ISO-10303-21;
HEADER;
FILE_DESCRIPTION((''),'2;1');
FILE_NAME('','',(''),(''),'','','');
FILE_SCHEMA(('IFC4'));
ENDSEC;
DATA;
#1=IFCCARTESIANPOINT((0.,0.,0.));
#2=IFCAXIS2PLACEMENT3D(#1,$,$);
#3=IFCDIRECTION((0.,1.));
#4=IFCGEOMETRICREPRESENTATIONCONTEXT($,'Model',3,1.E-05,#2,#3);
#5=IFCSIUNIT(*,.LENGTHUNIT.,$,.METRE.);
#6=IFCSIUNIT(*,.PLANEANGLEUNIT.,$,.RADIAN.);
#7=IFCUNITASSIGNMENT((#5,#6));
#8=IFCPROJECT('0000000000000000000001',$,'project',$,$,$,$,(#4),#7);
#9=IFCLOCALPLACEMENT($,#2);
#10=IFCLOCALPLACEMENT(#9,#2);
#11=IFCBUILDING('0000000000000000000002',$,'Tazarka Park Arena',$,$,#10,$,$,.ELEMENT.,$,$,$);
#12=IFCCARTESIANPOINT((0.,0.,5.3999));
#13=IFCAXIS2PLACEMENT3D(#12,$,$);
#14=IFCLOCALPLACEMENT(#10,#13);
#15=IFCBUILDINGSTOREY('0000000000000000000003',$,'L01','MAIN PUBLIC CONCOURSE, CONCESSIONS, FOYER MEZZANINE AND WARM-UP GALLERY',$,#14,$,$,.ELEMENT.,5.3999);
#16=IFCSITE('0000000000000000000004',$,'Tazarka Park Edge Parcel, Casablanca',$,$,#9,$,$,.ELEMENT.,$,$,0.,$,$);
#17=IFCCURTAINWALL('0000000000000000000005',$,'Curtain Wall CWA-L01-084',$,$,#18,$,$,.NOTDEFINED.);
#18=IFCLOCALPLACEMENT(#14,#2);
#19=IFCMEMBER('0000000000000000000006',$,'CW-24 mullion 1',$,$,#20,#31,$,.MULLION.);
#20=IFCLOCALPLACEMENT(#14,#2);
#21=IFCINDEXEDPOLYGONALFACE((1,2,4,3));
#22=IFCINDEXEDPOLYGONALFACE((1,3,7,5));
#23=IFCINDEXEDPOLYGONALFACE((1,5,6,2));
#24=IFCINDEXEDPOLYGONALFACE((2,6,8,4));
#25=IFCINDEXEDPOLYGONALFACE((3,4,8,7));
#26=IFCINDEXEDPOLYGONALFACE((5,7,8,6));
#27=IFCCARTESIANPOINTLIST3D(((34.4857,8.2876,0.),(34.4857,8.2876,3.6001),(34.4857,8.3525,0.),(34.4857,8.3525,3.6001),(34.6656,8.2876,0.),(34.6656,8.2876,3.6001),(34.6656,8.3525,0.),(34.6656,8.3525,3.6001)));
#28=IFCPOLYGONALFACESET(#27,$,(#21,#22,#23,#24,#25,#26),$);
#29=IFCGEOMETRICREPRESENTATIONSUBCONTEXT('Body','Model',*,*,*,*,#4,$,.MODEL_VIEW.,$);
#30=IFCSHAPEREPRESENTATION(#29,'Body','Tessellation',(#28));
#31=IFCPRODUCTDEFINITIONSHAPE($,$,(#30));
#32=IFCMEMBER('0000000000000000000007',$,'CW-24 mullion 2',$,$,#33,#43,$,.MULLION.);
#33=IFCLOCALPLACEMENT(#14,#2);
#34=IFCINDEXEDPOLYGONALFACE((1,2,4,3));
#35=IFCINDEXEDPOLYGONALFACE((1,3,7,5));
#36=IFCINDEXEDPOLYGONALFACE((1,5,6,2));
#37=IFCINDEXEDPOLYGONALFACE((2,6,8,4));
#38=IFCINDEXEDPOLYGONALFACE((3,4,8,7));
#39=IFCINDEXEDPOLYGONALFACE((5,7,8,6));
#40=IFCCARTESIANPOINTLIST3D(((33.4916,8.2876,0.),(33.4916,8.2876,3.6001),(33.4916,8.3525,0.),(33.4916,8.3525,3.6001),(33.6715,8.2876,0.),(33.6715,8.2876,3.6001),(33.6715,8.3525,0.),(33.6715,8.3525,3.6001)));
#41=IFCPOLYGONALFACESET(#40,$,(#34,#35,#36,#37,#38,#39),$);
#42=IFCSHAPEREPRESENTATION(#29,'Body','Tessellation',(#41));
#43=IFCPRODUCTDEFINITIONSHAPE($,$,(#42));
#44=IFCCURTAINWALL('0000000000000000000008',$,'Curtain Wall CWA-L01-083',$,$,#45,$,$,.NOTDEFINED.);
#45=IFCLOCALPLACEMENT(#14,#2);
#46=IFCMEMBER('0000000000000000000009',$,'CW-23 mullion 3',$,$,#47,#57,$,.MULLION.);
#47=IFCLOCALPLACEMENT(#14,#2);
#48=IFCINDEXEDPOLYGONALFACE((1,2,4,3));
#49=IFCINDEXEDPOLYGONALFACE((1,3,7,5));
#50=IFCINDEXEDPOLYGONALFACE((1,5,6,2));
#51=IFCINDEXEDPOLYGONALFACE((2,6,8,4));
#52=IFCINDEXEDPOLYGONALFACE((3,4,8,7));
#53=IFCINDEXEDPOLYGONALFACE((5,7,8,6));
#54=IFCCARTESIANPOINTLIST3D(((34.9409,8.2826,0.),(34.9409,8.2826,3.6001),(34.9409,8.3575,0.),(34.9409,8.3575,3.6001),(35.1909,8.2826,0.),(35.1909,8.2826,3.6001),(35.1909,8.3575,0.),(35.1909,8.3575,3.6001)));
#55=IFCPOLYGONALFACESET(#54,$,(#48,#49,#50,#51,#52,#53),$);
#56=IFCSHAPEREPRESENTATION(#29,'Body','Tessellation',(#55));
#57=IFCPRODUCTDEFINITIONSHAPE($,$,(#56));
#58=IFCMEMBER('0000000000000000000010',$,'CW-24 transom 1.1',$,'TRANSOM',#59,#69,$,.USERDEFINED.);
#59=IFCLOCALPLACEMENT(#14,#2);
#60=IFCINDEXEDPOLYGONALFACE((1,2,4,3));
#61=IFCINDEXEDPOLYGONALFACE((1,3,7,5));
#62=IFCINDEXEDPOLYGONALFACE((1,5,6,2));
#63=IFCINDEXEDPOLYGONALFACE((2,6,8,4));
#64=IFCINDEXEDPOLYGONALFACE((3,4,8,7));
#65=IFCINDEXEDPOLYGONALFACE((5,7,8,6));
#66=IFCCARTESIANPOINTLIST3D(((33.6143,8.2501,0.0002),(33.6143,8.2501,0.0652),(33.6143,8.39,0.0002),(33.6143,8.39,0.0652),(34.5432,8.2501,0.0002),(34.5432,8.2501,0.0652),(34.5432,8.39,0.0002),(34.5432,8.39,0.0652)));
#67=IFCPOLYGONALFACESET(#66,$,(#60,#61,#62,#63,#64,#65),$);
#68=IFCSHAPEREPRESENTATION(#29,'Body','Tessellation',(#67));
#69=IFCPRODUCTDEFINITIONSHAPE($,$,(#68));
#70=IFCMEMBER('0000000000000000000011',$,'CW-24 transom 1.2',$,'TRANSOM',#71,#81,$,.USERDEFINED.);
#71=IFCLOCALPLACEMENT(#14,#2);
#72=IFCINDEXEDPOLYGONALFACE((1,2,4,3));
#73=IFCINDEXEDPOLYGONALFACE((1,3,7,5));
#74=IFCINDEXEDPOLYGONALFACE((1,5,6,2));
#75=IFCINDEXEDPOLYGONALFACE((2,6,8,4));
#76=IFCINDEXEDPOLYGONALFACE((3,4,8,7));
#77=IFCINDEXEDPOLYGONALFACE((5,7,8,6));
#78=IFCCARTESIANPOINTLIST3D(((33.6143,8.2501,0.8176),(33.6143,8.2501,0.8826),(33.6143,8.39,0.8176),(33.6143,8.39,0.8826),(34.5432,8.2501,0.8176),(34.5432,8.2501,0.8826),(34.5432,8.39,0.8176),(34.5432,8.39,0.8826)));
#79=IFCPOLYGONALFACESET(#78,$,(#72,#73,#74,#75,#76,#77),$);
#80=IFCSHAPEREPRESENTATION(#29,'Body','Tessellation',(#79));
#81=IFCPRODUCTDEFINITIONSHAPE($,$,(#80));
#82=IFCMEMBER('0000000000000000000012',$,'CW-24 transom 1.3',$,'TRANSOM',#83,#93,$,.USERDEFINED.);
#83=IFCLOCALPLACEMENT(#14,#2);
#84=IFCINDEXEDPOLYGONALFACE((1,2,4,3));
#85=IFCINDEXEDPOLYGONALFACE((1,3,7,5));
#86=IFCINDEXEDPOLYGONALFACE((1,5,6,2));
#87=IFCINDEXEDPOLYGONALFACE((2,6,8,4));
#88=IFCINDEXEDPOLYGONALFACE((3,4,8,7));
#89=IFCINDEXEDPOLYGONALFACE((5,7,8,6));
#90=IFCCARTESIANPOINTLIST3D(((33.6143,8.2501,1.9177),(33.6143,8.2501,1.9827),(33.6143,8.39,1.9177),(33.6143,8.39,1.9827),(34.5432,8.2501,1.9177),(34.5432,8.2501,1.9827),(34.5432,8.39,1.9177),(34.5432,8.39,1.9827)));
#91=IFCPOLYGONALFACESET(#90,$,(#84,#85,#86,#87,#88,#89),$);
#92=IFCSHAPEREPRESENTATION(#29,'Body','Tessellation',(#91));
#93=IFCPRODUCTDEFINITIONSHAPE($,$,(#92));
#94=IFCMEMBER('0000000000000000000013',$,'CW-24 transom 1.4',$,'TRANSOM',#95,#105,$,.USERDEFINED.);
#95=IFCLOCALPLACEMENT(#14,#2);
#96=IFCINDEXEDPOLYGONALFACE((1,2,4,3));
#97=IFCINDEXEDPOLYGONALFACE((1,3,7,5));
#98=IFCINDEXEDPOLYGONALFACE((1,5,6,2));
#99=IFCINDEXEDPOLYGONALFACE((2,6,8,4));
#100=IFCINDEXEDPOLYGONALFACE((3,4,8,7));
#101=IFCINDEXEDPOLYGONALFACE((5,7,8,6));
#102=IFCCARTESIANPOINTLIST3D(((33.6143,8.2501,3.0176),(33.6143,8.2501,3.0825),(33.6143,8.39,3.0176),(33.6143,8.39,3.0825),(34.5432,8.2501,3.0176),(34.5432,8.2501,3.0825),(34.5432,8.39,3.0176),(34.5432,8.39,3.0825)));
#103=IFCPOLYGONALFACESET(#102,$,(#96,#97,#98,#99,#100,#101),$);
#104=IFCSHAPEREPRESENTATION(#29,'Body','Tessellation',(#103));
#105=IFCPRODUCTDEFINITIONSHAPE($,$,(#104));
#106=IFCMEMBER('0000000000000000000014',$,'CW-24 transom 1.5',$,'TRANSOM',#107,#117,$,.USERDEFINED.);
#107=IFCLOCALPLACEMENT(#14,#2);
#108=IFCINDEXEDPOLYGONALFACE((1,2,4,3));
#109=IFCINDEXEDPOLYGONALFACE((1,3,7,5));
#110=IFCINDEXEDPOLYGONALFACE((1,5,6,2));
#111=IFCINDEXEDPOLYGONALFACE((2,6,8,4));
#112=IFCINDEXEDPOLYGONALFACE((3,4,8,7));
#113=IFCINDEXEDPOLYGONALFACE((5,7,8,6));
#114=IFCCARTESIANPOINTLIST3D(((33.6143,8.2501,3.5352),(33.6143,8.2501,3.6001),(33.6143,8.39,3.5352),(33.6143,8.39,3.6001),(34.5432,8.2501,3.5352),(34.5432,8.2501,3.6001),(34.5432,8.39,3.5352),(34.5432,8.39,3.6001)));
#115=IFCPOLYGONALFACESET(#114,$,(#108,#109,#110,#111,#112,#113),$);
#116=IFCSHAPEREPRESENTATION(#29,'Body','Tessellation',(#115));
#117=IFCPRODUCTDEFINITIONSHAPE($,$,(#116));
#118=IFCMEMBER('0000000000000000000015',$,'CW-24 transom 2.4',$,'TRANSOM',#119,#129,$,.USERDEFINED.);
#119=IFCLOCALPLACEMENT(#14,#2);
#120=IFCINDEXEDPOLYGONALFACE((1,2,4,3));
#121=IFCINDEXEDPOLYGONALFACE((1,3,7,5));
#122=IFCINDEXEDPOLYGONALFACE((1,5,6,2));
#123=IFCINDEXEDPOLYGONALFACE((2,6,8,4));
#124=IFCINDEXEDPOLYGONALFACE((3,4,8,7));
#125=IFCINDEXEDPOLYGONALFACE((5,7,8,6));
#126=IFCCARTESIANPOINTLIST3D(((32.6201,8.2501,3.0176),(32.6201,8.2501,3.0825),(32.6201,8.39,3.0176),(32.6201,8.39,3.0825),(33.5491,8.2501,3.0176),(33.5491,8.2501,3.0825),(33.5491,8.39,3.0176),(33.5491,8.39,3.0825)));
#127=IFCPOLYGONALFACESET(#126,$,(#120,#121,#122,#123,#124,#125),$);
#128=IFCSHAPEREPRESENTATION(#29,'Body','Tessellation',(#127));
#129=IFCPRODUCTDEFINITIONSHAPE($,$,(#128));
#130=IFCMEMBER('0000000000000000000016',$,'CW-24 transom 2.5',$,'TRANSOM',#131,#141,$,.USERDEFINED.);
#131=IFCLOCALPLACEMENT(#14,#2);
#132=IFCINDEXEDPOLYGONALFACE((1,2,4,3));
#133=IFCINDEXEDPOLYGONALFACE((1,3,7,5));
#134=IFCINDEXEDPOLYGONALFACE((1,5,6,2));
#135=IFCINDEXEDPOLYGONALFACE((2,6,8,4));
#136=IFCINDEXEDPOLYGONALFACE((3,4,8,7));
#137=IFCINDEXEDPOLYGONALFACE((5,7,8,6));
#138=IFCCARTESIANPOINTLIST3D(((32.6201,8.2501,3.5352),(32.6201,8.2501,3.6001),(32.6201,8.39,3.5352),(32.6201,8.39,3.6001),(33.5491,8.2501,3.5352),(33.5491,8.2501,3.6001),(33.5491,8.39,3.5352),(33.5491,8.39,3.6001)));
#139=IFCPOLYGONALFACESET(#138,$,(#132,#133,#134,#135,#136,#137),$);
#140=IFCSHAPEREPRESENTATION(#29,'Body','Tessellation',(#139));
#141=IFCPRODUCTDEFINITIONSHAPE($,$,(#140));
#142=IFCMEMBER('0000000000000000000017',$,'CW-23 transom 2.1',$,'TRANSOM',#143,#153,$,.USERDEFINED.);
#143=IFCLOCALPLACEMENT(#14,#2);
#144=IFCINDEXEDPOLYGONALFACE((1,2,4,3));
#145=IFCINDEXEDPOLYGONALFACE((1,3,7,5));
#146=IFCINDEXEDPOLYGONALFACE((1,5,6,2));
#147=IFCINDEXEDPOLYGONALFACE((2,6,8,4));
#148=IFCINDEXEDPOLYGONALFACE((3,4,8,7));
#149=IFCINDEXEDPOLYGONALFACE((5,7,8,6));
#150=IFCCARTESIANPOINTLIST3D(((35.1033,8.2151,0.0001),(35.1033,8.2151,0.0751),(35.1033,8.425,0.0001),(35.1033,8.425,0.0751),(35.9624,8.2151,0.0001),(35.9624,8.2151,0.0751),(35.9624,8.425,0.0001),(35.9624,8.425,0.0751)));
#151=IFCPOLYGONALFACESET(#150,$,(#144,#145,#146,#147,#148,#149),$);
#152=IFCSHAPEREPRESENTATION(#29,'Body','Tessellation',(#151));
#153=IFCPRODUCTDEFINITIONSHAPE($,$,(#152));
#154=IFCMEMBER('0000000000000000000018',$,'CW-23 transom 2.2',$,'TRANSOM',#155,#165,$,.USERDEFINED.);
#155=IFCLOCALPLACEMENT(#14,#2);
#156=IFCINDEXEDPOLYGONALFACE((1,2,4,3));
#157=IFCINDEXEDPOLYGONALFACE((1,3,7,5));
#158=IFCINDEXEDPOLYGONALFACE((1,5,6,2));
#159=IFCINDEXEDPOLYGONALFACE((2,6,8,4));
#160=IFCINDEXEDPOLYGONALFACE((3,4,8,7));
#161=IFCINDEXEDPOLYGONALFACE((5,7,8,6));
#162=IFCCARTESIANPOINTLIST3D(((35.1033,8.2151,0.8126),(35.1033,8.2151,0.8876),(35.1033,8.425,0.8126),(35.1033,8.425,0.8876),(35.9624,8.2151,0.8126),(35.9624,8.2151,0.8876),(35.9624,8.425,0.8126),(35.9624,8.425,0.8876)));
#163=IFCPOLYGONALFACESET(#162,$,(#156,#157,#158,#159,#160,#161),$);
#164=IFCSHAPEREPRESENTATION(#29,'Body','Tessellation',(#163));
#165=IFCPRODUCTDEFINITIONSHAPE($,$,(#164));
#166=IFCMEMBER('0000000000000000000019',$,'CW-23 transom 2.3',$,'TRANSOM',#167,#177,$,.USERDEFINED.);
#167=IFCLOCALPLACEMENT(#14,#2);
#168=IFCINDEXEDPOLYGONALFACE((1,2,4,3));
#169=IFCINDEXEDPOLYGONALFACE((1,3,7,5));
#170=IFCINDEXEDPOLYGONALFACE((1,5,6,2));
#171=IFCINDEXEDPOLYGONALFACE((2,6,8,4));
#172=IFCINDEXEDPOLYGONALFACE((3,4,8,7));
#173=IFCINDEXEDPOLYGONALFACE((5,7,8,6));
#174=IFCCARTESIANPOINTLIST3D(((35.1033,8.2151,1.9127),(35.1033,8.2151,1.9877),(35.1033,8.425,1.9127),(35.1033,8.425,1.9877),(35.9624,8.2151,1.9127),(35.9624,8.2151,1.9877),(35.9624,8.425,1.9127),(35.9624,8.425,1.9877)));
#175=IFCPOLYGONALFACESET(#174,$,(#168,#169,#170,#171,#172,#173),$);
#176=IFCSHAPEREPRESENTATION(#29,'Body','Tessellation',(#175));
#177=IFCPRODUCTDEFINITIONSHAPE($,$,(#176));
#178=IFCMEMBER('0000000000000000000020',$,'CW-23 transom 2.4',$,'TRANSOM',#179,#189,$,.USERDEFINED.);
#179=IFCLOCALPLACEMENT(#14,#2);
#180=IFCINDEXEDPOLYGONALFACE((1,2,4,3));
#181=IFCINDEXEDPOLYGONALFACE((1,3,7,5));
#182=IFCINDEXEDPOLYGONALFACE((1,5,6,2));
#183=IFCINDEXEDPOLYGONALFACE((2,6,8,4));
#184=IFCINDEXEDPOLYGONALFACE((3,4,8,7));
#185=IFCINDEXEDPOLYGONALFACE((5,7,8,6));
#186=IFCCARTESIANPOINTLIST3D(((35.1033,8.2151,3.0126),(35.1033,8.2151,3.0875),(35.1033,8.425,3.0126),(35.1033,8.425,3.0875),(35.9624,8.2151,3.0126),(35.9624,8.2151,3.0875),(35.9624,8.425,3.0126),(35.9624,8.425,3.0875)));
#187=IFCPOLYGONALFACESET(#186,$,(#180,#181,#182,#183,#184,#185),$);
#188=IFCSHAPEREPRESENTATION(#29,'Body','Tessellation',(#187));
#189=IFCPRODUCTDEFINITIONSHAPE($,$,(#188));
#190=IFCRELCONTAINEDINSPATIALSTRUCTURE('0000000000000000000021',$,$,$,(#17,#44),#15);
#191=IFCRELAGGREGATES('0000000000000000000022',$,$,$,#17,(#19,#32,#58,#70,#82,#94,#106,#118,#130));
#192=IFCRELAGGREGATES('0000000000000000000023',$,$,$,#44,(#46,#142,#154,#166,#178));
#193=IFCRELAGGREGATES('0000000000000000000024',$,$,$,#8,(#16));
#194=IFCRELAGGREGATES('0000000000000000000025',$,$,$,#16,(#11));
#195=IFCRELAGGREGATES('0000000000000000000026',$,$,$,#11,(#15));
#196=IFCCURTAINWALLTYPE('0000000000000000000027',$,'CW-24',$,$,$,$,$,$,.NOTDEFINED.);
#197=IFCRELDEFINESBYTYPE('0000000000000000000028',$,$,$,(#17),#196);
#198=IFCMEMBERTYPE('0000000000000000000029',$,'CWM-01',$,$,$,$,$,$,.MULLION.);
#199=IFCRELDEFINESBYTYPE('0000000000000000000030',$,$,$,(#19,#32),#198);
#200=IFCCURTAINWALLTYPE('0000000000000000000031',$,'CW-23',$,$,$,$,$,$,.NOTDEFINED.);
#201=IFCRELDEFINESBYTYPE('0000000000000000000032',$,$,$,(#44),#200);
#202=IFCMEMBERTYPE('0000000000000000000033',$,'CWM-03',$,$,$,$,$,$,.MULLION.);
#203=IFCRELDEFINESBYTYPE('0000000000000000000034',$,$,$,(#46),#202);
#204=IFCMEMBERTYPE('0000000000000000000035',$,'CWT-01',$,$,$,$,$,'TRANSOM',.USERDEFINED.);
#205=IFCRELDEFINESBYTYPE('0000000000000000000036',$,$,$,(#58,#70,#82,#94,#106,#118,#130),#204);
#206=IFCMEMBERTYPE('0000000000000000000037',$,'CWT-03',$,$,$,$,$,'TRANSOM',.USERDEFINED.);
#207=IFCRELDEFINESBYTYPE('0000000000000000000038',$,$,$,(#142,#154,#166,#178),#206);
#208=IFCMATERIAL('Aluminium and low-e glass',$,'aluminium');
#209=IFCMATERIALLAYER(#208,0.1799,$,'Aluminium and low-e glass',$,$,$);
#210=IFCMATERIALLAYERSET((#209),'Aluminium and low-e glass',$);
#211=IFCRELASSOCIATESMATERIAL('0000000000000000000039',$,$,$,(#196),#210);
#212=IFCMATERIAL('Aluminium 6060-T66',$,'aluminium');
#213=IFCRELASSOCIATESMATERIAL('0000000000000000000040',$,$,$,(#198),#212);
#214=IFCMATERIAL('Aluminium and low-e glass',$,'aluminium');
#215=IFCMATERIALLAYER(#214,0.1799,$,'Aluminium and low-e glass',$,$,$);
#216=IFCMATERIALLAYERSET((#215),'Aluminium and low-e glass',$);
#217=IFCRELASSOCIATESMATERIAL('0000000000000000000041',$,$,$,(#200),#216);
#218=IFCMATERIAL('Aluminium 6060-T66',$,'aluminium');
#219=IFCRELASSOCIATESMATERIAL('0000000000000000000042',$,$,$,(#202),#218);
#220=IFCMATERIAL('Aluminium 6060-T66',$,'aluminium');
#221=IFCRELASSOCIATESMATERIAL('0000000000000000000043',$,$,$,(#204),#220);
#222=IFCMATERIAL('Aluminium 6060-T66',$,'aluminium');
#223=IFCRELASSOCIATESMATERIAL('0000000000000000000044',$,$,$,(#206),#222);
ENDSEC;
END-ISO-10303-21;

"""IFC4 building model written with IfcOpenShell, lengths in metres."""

from ifc_helpers import new_model, si_unit, direction, frame, origin, origin_2d, place, context, subcontext, project, spatial, rectangle, extrude, material, layer, layer_set, material_profile, profile_set, type_object, element, aggregate, save


model = new_model("IFC4")

# Units and contexts
model_context = context("Model", 3, precision=1e-05, world=origin(), true_north=direction((0.0, 1.0)))
body_context = subcontext(model_context, "Body", "Model", "MODEL_VIEW")
ifc_project = project(units=[si_unit("LENGTHUNIT", "METRE"), si_unit("PLANEANGLEUNIT", "RADIAN")], contexts=[model_context])

# Site, building, storey
site_placement = place(None, origin())
site = spatial("IfcSite", under=ifc_project, at=site_placement, Name="Tazarka Park Edge Parcel, Casablanca", CompositionType="ELEMENT", RefElevation=0.0)
building_placement = place(site_placement, origin())
building = spatial("IfcBuilding", under=site, at=building_placement, Name="Tazarka Park Arena", CompositionType="ELEMENT")
storey_placement = place(building_placement, frame((0.0, 0.0, 5.3999)))
storey = spatial("IfcBuildingStorey", under=building, at=storey_placement, Name="L01", Description="MAIN PUBLIC CONCOURSE, CONCESSIONS, FOYER MEZZANINE AND WARM-UP GALLERY", CompositionType="ELEMENT", Elevation=5.3999)

# Curtain wall, members
ifc_material_1 = material(Name="Aluminium and low-e glass", Category="aluminium")
ifc_layer_1 = layer(ifc_material_1, 0.1799, Name="Aluminium and low-e glass")
ifc_layer_set_1 = layer_set([ifc_layer_1], Name="Aluminium and low-e glass")
curtain_wall_type_1 = type_object("IfcCurtainWallType", Name="CW-24", PredefinedType="NOTDEFINED", material=ifc_layer_set_1)
curtain_wall_1_placement = place(storey_placement, origin())
curtain_wall_1 = element("IfcCurtainWall", 1, at=curtain_wall_1_placement, inside=storey, type_object=curtain_wall_type_1, Name="Curtain Wall CWA-L01-084", PredefinedType="NOTDEFINED")
ifc_material_2 = material(Name="Aluminium 6060-T66", Category="aluminium")
ifc_material_profile_1 = material_profile(ifc_material_2, rectangle(XDim=0.0649, YDim=0.1799, at=origin_2d()), Name="Aluminium 6060-T66")
ifc_profile_set_1 = profile_set([ifc_material_profile_1], Name="Aluminium 6060-T66")
member_type_1 = type_object("IfcMemberType", Name="CWM-01", PredefinedType="MULLION", material=ifc_profile_set_1)
member_1_placement = place(storey_placement, frame((34.5757, 8.3201, 0.0), z_axis=(0.0, 0.0, 1.0), x_axis=(0.0, -1.0, 0.0)))
member_1 = element("IfcMember", 2, at=member_1_placement, type_object=member_type_1, Name="CW-24 mullion 1", PredefinedType="MULLION", context=body_context, shape_type="SweptSolid", body=[
    extrude(rectangle(XDim=0.0649, YDim=0.1799, at=origin_2d()), origin(), (0.0, 0.0, 1.0), 3.6001),
])
member_2_placement = place(storey_placement, frame((33.5815, 8.3201, 0.0), z_axis=(0.0, 0.0, 1.0), x_axis=(0.0, -1.0, 0.0)))
member_2 = element("IfcMember", 3, at=member_2_placement, type_object=member_type_1, Name="CW-24 mullion 2", PredefinedType="MULLION", context=body_context, shape_type="SweptSolid", body=[
    extrude(rectangle(XDim=0.0649, YDim=0.1799, at=origin_2d()), origin(), (0.0, 0.0, 1.0), 3.6001),
])

# Curtain wall, member
ifc_material_3 = material(Name="Aluminium and low-e glass", Category="aluminium")
ifc_layer_2 = layer(ifc_material_3, 0.1799, Name="Aluminium and low-e glass")
ifc_layer_set_2 = layer_set([ifc_layer_2], Name="Aluminium and low-e glass")
curtain_wall_type_2 = type_object("IfcCurtainWallType", Name="CW-23", PredefinedType="NOTDEFINED", material=ifc_layer_set_2)
curtain_wall_2_placement = place(storey_placement, origin())
curtain_wall_2 = element("IfcCurtainWall", 4, at=curtain_wall_2_placement, inside=storey, type_object=curtain_wall_type_2, Name="Curtain Wall CWA-L01-083", PredefinedType="NOTDEFINED")
ifc_material_4 = material(Name="Aluminium 6060-T66", Category="aluminium")
ifc_material_profile_2 = material_profile(ifc_material_4, rectangle(XDim=0.075, YDim=0.25, at=origin_2d()), Name="Aluminium 6060-T66")
ifc_profile_set_2 = profile_set([ifc_material_profile_2], Name="Aluminium 6060-T66")
member_type_2 = type_object("IfcMemberType", Name="CWM-03", PredefinedType="MULLION", material=ifc_profile_set_2)
member_3_placement = place(storey_placement, frame((35.0659, 8.3201, 0.0), z_axis=(0.0, 0.0, 1.0), x_axis=(0.0, -1.0, 0.0)))
member_3 = element("IfcMember", 5, at=member_3_placement, type_object=member_type_2, Name="CW-23 mullion 3", PredefinedType="MULLION", context=body_context, shape_type="SweptSolid", body=[
    extrude(rectangle(XDim=0.075, YDim=0.25, at=origin_2d()), origin(), (0.0, 0.0, 1.0), 3.6001),
])

# Members
ifc_material_5 = material(Name="Aluminium 6060-T66", Category="aluminium")
ifc_material_profile_3 = material_profile(ifc_material_5, rectangle(XDim=0.1399, YDim=0.0649, at=origin_2d()), Name="Aluminium 6060-T66")
ifc_profile_set_3 = profile_set([ifc_material_profile_3], Name="Aluminium 6060-T66")
member_type_3 = type_object("IfcMemberType", Name="CWT-01", ElementType="TRANSOM", PredefinedType="USERDEFINED", material=ifc_profile_set_3)
member_4_placement = place(storey_placement, frame((34.5432, 8.3201, 0.0327), z_axis=(-1.0, 0.0, 0.0), x_axis=(0.0, -1.0, 0.0)))
member_4 = element("IfcMember", 6, at=member_4_placement, type_object=member_type_3, Name="CW-24 transom 1.1", ObjectType="TRANSOM", PredefinedType="USERDEFINED", context=body_context, shape_type="SweptSolid", body=[
    extrude(rectangle(XDim=0.1399, YDim=0.0649, at=origin_2d()), origin(), (0.0, 0.0, 1.0), 0.929),
])
member_5_placement = place(storey_placement, frame((34.5432, 8.3201, 0.8501), z_axis=(-1.0, 0.0, 0.0), x_axis=(0.0, -1.0, 0.0)))
member_5 = element("IfcMember", 7, at=member_5_placement, type_object=member_type_3, Name="CW-24 transom 1.2", ObjectType="TRANSOM", PredefinedType="USERDEFINED", context=body_context, shape_type="SweptSolid", body=[
    extrude(rectangle(XDim=0.1399, YDim=0.0649, at=origin_2d()), origin(), (0.0, 0.0, 1.0), 0.929),
])
member_6_placement = place(storey_placement, frame((34.5432, 8.3201, 1.9502), z_axis=(-1.0, 0.0, 0.0), x_axis=(0.0, -1.0, 0.0)))
member_6 = element("IfcMember", 8, at=member_6_placement, type_object=member_type_3, Name="CW-24 transom 1.3", ObjectType="TRANSOM", PredefinedType="USERDEFINED", context=body_context, shape_type="SweptSolid", body=[
    extrude(rectangle(XDim=0.1399, YDim=0.0649, at=origin_2d()), origin(), (0.0, 0.0, 1.0), 0.929),
])
member_7_placement = place(storey_placement, frame((34.5432, 8.3201, 3.05), z_axis=(-1.0, 0.0, 0.0), x_axis=(0.0, -1.0, 0.0)))
member_7 = element("IfcMember", 9, at=member_7_placement, type_object=member_type_3, Name="CW-24 transom 1.4", ObjectType="TRANSOM", PredefinedType="USERDEFINED", context=body_context, shape_type="SweptSolid", body=[
    extrude(rectangle(XDim=0.1399, YDim=0.0649, at=origin_2d()), origin(), (0.0, 0.0, 1.0), 0.929),
])
member_8_placement = place(storey_placement, frame((34.5432, 8.3201, 3.5676), z_axis=(-1.0, 0.0, 0.0), x_axis=(0.0, -1.0, 0.0)))
member_8 = element("IfcMember", 10, at=member_8_placement, type_object=member_type_3, Name="CW-24 transom 1.5", ObjectType="TRANSOM", PredefinedType="USERDEFINED", context=body_context, shape_type="SweptSolid", body=[
    extrude(rectangle(XDim=0.1399, YDim=0.0649, at=origin_2d()), origin(), (0.0, 0.0, 1.0), 0.929),
])
member_9_placement = place(storey_placement, frame((33.5491, 8.3201, 3.05), z_axis=(-1.0, 0.0, 0.0), x_axis=(0.0, -1.0, 0.0)))
member_9 = element("IfcMember", 11, at=member_9_placement, type_object=member_type_3, Name="CW-24 transom 2.4", ObjectType="TRANSOM", PredefinedType="USERDEFINED", context=body_context, shape_type="SweptSolid", body=[
    extrude(rectangle(XDim=0.1399, YDim=0.0649, at=origin_2d()), origin(), (0.0, 0.0, 1.0), 0.929),
])
member_10_placement = place(storey_placement, frame((33.5491, 8.3201, 3.5676), z_axis=(-1.0, 0.0, 0.0), x_axis=(0.0, -1.0, 0.0)))
member_10 = element("IfcMember", 12, at=member_10_placement, type_object=member_type_3, Name="CW-24 transom 2.5", ObjectType="TRANSOM", PredefinedType="USERDEFINED", context=body_context, shape_type="SweptSolid", body=[
    extrude(rectangle(XDim=0.1399, YDim=0.0649, at=origin_2d()), origin(), (0.0, 0.0, 1.0), 0.929),
])
ifc_material_6 = material(Name="Aluminium 6060-T66", Category="aluminium")
ifc_material_profile_4 = material_profile(ifc_material_6, rectangle(XDim=0.21, YDim=0.075, at=origin_2d()), Name="Aluminium 6060-T66")
ifc_profile_set_4 = profile_set([ifc_material_profile_4], Name="Aluminium 6060-T66")
member_type_4 = type_object("IfcMemberType", Name="CWT-03", ElementType="TRANSOM", PredefinedType="USERDEFINED", material=ifc_profile_set_4)
member_11_placement = place(storey_placement, frame((35.9624, 8.3201, 0.0376), z_axis=(-1.0, 0.0, 0.0), x_axis=(0.0, -1.0, 0.0)))
member_11 = element("IfcMember", 13, at=member_11_placement, type_object=member_type_4, Name="CW-23 transom 2.1", ObjectType="TRANSOM", PredefinedType="USERDEFINED", context=body_context, shape_type="SweptSolid", body=[
    extrude(rectangle(XDim=0.21, YDim=0.075, at=origin_2d()), origin(), (0.0, 0.0, 1.0), 0.8591),
])
member_12_placement = place(storey_placement, frame((35.9624, 8.3201, 0.8501), z_axis=(-1.0, 0.0, 0.0), x_axis=(0.0, -1.0, 0.0)))
member_12 = element("IfcMember", 14, at=member_12_placement, type_object=member_type_4, Name="CW-23 transom 2.2", ObjectType="TRANSOM", PredefinedType="USERDEFINED", context=body_context, shape_type="SweptSolid", body=[
    extrude(rectangle(XDim=0.21, YDim=0.075, at=origin_2d()), origin(), (0.0, 0.0, 1.0), 0.8591),
])
member_13_placement = place(storey_placement, frame((35.9624, 8.3201, 1.9502), z_axis=(-1.0, 0.0, 0.0), x_axis=(0.0, -1.0, 0.0)))
member_13 = element("IfcMember", 15, at=member_13_placement, type_object=member_type_4, Name="CW-23 transom 2.3", ObjectType="TRANSOM", PredefinedType="USERDEFINED", context=body_context, shape_type="SweptSolid", body=[
    extrude(rectangle(XDim=0.21, YDim=0.075, at=origin_2d()), origin(), (0.0, 0.0, 1.0), 0.8591),
])
member_14_placement = place(storey_placement, frame((35.9624, 8.3201, 3.05), z_axis=(-1.0, 0.0, 0.0), x_axis=(0.0, -1.0, 0.0)))
member_14 = element("IfcMember", 16, at=member_14_placement, type_object=member_type_4, Name="CW-23 transom 2.4", ObjectType="TRANSOM", PredefinedType="USERDEFINED", context=body_context, shape_type="SweptSolid", body=[
    extrude(rectangle(XDim=0.21, YDim=0.075, at=origin_2d()), origin(), (0.0, 0.0, 1.0), 0.8591),
])

aggregate(curtain_wall_1, [member_1, member_2, member_4, member_5, member_6, member_7, member_8, member_9, member_10])
aggregate(curtain_wall_2, [member_3, member_11, member_12, member_13, member_14])

save(model, "model.ifc")
